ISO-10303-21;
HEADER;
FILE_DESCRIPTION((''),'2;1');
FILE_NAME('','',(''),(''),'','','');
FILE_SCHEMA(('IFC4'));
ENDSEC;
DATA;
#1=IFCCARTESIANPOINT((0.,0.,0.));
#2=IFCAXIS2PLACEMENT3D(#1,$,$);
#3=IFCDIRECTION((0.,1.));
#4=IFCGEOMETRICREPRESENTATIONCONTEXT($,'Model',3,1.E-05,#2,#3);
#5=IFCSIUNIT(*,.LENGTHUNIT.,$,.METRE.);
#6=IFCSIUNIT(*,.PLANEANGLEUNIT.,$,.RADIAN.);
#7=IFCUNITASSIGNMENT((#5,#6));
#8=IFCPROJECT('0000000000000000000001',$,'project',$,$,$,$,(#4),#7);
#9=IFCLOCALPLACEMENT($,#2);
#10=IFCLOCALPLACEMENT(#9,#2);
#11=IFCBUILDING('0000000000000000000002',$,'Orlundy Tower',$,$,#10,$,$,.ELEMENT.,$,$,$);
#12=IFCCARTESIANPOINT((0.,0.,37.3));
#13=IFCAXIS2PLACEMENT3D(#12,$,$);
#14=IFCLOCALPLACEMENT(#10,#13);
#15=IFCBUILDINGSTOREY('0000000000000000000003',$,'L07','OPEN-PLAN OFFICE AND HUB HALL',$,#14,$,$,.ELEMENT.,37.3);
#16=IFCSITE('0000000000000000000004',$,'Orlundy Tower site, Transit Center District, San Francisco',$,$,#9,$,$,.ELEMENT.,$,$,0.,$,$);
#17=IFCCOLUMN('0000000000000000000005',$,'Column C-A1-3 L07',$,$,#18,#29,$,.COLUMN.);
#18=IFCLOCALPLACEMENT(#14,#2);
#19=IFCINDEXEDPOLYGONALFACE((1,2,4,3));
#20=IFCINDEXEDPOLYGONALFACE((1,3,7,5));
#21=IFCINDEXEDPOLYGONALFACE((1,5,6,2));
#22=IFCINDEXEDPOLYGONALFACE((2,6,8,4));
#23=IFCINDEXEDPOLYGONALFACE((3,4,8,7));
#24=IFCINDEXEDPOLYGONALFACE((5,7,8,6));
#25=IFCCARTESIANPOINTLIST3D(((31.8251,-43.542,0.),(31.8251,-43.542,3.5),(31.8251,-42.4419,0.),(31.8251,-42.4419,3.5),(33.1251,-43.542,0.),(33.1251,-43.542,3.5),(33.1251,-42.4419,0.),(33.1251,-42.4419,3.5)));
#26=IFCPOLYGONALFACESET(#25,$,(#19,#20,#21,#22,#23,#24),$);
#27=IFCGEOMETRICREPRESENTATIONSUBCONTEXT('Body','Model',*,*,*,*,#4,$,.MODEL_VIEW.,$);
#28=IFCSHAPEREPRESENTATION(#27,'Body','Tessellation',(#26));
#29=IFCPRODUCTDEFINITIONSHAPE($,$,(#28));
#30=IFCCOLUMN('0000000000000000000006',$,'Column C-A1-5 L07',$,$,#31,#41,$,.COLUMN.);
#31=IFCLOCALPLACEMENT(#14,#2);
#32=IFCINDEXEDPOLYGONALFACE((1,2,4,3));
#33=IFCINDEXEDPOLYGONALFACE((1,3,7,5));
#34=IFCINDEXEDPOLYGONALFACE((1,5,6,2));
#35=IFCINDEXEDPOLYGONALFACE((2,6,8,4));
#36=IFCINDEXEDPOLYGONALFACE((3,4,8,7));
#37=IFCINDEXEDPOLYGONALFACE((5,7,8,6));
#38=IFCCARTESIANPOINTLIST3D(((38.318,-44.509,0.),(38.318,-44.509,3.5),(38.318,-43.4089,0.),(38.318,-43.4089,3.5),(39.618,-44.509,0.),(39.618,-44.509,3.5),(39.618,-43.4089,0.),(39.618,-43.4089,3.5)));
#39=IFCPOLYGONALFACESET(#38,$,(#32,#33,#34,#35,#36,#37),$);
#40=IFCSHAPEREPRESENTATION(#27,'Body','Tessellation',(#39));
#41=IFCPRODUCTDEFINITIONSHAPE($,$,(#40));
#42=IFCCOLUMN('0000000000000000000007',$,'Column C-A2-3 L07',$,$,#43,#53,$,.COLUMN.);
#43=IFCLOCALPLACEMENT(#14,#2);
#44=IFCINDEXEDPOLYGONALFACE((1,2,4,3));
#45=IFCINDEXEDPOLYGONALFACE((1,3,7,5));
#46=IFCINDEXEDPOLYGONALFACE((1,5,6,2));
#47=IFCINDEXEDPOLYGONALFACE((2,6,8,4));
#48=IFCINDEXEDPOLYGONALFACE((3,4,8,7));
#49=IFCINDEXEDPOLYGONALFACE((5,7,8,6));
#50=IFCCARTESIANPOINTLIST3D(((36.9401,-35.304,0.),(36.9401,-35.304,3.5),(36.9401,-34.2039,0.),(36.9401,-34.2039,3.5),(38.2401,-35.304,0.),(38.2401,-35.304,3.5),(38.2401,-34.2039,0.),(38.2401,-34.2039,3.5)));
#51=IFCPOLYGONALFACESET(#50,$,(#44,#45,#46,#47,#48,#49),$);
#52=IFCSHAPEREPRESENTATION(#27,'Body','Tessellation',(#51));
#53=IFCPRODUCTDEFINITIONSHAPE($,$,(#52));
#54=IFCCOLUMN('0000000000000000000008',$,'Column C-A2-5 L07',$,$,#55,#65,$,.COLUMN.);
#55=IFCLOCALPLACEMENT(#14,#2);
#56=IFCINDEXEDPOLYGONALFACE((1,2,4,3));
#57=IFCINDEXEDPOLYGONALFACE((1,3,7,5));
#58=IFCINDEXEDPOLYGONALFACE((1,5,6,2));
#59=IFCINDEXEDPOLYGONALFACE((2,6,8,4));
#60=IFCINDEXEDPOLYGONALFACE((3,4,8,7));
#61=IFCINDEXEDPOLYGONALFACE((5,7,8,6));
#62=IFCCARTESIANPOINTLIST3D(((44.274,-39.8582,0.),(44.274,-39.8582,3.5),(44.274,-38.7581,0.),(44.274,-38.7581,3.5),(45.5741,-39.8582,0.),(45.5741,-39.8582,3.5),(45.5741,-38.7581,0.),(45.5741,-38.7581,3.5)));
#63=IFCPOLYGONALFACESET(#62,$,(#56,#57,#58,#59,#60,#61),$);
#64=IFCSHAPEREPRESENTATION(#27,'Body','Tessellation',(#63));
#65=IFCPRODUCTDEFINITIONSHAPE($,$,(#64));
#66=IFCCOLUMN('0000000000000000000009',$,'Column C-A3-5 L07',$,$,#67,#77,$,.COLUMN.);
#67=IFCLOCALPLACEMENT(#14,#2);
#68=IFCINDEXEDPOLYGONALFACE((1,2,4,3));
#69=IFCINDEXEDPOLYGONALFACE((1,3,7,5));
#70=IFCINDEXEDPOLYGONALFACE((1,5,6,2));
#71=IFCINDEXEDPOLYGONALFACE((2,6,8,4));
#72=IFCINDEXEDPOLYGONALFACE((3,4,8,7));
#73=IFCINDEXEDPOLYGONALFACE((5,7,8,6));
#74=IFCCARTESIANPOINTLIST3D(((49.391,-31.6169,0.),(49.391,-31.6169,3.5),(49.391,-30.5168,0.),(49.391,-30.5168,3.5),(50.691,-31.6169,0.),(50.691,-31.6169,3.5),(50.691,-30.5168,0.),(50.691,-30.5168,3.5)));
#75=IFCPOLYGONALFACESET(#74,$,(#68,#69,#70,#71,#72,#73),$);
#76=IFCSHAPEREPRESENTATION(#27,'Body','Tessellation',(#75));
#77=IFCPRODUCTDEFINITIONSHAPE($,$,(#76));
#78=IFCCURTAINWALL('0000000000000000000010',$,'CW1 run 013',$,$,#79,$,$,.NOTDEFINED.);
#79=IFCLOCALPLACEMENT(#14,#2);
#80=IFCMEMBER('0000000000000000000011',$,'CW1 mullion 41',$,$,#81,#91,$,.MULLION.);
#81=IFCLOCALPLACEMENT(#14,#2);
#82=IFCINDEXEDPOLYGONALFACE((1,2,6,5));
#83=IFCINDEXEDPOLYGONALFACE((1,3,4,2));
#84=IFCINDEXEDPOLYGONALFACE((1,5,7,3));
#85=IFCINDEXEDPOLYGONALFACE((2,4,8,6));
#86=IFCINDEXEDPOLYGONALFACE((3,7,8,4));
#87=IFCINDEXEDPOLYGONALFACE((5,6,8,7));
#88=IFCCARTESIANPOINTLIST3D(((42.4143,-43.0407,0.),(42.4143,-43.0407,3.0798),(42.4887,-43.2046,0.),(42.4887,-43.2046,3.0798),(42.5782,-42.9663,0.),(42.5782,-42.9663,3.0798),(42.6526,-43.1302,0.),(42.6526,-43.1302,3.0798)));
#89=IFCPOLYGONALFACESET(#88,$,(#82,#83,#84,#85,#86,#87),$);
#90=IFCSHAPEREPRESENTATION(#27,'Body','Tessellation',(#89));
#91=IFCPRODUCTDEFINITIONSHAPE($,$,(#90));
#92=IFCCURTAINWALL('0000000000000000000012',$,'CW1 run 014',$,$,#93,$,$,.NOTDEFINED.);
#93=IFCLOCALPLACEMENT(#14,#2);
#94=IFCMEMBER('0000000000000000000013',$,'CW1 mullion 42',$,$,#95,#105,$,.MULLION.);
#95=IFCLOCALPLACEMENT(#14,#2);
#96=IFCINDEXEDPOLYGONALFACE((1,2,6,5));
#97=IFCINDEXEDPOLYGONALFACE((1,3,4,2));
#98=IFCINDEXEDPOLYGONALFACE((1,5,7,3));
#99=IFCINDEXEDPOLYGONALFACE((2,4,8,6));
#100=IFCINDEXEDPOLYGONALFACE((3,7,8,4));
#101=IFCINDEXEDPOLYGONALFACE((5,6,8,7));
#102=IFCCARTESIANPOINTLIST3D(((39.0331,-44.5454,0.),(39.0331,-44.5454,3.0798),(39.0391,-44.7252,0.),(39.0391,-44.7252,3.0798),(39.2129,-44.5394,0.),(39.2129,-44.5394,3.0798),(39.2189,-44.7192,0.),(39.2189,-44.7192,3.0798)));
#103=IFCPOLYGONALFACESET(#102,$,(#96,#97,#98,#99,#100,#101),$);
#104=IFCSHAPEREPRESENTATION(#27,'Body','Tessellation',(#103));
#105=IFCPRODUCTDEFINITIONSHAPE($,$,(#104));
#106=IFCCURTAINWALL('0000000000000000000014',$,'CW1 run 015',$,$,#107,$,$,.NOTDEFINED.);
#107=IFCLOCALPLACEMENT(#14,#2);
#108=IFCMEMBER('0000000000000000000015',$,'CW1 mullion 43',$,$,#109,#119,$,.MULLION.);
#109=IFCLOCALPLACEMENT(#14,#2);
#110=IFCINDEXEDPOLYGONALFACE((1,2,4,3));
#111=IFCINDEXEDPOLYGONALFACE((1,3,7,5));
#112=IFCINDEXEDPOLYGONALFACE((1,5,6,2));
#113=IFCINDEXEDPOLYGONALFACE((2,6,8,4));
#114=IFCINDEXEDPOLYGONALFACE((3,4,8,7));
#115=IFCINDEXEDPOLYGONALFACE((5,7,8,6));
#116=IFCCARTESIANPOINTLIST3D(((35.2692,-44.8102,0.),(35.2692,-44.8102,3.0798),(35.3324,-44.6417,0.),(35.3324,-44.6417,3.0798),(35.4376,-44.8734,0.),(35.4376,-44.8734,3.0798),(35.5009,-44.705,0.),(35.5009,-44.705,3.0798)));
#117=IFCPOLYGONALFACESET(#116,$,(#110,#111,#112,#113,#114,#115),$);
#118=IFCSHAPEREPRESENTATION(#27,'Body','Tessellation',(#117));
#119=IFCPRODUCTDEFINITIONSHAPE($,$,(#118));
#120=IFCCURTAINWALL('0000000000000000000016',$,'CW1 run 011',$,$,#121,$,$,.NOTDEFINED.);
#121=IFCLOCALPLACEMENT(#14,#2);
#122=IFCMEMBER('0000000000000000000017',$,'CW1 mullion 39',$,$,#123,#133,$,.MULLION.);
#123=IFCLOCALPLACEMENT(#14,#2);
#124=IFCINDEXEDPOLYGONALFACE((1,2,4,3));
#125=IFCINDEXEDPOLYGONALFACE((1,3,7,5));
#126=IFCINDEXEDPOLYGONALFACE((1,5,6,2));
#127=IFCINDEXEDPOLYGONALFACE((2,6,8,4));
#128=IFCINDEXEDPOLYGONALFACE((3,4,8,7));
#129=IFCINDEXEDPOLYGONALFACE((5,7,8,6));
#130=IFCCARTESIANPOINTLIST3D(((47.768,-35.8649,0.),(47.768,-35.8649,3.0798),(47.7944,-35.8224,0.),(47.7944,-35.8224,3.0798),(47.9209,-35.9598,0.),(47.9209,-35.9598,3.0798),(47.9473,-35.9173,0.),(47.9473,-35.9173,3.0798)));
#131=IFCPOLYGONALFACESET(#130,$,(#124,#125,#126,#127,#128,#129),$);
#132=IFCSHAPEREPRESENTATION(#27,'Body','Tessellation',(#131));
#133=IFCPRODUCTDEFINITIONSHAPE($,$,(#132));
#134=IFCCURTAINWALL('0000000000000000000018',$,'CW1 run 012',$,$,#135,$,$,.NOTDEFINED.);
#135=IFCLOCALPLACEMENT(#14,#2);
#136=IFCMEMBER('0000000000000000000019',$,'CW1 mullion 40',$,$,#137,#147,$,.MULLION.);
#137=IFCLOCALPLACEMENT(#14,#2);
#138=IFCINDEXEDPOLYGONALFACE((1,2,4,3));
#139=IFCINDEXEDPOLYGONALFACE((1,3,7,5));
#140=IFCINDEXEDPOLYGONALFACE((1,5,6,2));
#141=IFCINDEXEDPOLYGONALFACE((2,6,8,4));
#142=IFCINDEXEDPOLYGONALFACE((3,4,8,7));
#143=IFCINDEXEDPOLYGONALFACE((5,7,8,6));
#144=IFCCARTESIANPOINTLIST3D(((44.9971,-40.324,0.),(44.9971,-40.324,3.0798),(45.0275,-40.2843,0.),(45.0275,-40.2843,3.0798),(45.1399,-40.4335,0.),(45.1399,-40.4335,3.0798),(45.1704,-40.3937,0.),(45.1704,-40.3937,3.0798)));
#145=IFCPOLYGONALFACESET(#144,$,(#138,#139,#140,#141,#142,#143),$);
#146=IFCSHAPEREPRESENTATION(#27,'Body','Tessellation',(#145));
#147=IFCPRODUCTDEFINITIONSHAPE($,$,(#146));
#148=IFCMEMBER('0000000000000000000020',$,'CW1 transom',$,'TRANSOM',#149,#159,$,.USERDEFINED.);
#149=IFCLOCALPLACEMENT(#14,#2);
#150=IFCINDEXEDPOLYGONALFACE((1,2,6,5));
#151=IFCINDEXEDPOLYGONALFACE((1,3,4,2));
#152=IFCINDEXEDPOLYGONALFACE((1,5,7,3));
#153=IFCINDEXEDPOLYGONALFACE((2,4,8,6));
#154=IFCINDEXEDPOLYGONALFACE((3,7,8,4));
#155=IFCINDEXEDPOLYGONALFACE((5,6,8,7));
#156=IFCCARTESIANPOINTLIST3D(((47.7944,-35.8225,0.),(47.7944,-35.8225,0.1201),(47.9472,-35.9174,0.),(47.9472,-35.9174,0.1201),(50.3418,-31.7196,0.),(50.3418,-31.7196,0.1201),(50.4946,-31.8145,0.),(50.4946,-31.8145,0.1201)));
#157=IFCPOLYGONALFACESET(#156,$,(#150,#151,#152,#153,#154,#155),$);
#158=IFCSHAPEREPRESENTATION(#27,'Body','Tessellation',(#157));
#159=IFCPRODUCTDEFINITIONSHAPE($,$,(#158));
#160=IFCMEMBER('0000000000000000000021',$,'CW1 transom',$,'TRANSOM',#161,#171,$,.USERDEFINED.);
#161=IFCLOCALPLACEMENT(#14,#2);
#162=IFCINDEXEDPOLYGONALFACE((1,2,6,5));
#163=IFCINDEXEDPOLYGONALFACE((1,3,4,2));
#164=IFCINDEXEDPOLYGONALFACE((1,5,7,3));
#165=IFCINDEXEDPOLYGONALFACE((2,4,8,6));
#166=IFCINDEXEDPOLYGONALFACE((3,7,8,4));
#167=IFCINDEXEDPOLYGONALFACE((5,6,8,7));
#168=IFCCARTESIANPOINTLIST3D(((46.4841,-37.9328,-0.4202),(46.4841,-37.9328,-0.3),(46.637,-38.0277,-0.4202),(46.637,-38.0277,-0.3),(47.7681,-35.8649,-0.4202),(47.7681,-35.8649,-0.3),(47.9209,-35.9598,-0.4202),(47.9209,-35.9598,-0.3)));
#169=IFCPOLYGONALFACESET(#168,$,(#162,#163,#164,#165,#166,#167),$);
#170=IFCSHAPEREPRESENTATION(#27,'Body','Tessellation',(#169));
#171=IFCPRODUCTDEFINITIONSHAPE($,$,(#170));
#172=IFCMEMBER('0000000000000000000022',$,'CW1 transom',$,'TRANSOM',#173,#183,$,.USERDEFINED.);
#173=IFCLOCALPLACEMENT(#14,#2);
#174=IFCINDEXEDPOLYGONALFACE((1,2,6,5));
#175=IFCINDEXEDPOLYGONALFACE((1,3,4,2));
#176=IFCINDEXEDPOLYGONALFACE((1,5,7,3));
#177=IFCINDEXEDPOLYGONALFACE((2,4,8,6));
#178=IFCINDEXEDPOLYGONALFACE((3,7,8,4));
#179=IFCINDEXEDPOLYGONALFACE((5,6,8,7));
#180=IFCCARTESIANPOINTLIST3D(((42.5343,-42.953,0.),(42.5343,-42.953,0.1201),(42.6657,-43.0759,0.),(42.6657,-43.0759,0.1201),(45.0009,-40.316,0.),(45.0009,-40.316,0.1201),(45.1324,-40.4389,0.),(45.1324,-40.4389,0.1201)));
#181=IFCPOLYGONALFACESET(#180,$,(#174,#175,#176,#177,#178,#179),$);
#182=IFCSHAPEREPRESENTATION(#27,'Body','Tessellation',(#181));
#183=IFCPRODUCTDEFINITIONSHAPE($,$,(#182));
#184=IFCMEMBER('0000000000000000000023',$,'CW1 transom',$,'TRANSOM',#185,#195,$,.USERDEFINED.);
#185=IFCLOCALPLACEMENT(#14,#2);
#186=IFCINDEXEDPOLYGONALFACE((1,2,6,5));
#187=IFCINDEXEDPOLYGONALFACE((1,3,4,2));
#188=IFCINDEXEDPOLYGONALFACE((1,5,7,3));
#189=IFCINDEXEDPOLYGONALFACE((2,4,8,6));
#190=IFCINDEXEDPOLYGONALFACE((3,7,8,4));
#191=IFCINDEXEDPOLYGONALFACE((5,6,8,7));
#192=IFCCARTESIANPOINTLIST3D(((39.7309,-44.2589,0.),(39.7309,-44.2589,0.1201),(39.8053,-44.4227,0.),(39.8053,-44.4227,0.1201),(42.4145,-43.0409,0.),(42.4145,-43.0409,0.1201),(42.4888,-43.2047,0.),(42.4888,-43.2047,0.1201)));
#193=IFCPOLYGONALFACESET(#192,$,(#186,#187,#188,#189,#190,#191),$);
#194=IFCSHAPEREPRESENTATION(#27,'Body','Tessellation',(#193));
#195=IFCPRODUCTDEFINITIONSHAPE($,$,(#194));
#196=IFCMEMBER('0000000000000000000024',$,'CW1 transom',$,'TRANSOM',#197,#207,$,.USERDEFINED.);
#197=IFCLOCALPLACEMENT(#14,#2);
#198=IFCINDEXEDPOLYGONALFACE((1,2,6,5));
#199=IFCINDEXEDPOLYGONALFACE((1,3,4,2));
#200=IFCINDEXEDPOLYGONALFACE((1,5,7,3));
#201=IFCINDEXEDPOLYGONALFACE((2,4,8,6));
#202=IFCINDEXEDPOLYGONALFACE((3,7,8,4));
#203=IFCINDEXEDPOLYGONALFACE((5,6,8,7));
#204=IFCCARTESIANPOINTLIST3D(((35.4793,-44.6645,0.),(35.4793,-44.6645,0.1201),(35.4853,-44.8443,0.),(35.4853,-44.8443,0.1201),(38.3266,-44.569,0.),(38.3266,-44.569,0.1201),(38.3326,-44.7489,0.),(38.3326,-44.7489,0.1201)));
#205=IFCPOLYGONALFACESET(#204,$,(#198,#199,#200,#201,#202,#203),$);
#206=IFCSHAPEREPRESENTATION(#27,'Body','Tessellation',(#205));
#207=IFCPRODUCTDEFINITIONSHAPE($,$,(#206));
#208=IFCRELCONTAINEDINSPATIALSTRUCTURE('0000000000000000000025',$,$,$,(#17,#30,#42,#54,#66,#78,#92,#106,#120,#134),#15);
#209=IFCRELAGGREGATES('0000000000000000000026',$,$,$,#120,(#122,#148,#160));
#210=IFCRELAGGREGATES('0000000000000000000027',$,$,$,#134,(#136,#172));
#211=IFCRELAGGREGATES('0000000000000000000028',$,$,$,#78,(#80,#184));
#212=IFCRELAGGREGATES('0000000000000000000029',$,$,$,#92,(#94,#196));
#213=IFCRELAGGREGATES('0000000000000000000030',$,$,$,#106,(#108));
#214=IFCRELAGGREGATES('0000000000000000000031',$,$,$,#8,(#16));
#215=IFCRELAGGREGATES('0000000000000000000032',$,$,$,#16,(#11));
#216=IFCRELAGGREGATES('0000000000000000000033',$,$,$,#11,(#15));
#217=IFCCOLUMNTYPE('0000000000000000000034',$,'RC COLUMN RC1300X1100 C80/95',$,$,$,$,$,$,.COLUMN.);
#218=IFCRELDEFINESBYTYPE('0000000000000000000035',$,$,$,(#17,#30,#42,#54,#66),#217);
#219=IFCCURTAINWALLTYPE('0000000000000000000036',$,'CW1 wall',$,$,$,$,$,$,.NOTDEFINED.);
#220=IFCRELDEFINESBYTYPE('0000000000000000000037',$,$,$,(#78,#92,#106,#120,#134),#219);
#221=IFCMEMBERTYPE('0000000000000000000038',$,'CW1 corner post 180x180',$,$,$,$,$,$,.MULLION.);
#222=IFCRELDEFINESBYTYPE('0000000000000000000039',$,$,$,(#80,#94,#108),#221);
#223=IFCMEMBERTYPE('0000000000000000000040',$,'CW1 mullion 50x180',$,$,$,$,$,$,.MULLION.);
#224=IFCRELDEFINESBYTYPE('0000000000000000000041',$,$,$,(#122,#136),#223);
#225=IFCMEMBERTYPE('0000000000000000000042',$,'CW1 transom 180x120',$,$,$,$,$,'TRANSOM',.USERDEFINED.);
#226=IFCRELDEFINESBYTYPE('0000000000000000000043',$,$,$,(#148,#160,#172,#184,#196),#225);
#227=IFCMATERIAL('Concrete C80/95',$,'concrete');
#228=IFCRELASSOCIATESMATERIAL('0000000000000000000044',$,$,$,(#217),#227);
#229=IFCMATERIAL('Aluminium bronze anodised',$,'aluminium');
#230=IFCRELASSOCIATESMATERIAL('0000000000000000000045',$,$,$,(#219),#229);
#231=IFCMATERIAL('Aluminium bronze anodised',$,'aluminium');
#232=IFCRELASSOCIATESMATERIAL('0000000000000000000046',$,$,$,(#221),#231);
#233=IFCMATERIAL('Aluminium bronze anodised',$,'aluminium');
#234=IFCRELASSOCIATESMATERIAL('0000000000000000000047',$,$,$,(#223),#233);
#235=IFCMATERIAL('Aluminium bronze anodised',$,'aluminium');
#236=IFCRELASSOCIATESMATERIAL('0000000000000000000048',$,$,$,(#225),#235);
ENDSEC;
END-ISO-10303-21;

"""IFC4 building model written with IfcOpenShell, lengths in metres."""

from ifc_helpers import new_model, si_unit, direction, frame, origin, origin_2d, place, context, subcontext, project, spatial, rectangle, extrude, material, material_profile, profile_set, type_object, element, aggregate, save


model = new_model("IFC4")

# Units and contexts
model_context = context("Model", 3, precision=1e-05, world=origin(), true_north=direction((0.0, 1.0)))
body_context = subcontext(model_context, "Body", "Model", "MODEL_VIEW")
ifc_project = project(units=[si_unit("LENGTHUNIT", "METRE"), si_unit("PLANEANGLEUNIT", "RADIAN")], contexts=[model_context])

# Site, building, storey
site_placement = place(None, origin())
site = spatial("IfcSite", under=ifc_project, at=site_placement, Name="Orlundy Tower site, Transit Center District, San Francisco", CompositionType="ELEMENT", RefElevation=0.0)
building_placement = place(site_placement, origin())
building = spatial("IfcBuilding", under=site, at=building_placement, Name="Orlundy Tower", CompositionType="ELEMENT")
storey_placement = place(building_placement, frame((0.0, 0.0, 37.3)))
storey = spatial("IfcBuildingStorey", under=building, at=storey_placement, Name="L07", Description="OPEN-PLAN OFFICE AND HUB HALL", CompositionType="ELEMENT", Elevation=37.3)

# Columns
ifc_material_1 = material(Name="Concrete C80/95", Category="concrete")
ifc_material_profile_1 = material_profile(ifc_material_1, rectangle(XDim=1.3, YDim=1.1001, at=origin_2d()), Name="RC1300X1100")
ifc_profile_set_1 = profile_set([ifc_material_profile_1], Name="Concrete C80/95")
column_type = type_object("IfcColumnType", Name="RC COLUMN RC1300X1100 C80/95", PredefinedType="COLUMN", material=ifc_profile_set_1)
for number, where, z_axis, x_axis, name in (
    (1, (32.4751, -42.9919, 0.0), (0.0, 0.0, 1.0), (1.0, 0.0, 0.0), "Column C-A1-3 L07"),
    (2, (38.968, -43.959, 0.0), (0.0, 0.0, 1.0), (1.0, 0.0, 0.0), "Column C-A1-5 L07"),
    (3, (37.5901, -34.7539, 0.0), (0.0, 0.0, 1.0), (1.0, 0.0, 0.0), "Column C-A2-3 L07"),
    (4, (44.9241, -39.3081, 0.0), (0.0, 0.0, 1.0), (1.0, 0.0, 0.0), "Column C-A2-5 L07"),
    (5, (50.041, -31.0669, 0.0), (0.0, 0.0, 1.0), (1.0, 0.0, 0.0), "Column C-A3-5 L07"),
):
    element("IfcColumn", number, at=place(storey_placement, frame(where, z_axis=z_axis, x_axis=x_axis)), inside=storey, type_object=column_type, Name=name, PredefinedType="COLUMN", context=body_context, shape_type="SweptSolid", body=[
        extrude(rectangle(XDim=1.3, YDim=1.1001, at=origin_2d()), origin(), (0.0, 0.0, 1.0), 3.5),
    ])

# Curtain walls, members
ifc_material_2 = material(Name="Aluminium bronze anodised", Category="aluminium")
curtain_wall_type = type_object("IfcCurtainWallType", Name="CW1 wall", PredefinedType="NOTDEFINED", material=ifc_material_2)
curtain_wall_1_placement = place(storey_placement, origin())
curtain_wall_1 = element("IfcCurtainWall", 6, at=curtain_wall_1_placement, inside=storey, type_object=curtain_wall_type, Name="CW1 run 013", PredefinedType="NOTDEFINED")
ifc_material_3 = material(Name="Aluminium bronze anodised", Category="aluminium")
ifc_material_profile_2 = material_profile(ifc_material_3, rectangle(XDim=0.1799, YDim=0.1799, at=origin_2d()), Name="CW1 corner post 180x180")
ifc_profile_set_2 = profile_set([ifc_material_profile_2], Name="Aluminium bronze anodised")
member_type_1 = type_object("IfcMemberType", Name="CW1 corner post 180x180", PredefinedType="MULLION", material=ifc_profile_set_2)
member_1_placement = place(storey_placement, frame((42.5334, -43.0854, 0.0), z_axis=(0.0, 0.0, 1.0), x_axis=(0.413335, -0.910579, 0.0)))
member_1 = element("IfcMember", 7, at=member_1_placement, type_object=member_type_1, Name="CW1 mullion 41", PredefinedType="MULLION", context=body_context, shape_type="SweptSolid", body=[
    extrude(rectangle(XDim=0.1799, YDim=0.1799, at=origin_2d()), origin(), (0.0, 0.0, 1.0), 3.0798),
])
curtain_wall_2_placement = place(storey_placement, origin())
curtain_wall_2 = element("IfcCurtainWall", 8, at=curtain_wall_2_placement, inside=storey, type_object=curtain_wall_type, Name="CW1 run 014", PredefinedType="NOTDEFINED")
member_2_placement = place(storey_placement, frame((39.126, -44.6323, 0.0), z_axis=(0.0, 0.0, 1.0), x_axis=(0.03345, -0.99944, 0.0)))
member_2 = element("IfcMember", 9, at=member_2_placement, type_object=member_type_1, Name="CW1 mullion 42", PredefinedType="MULLION", context=body_context, shape_type="SweptSolid", body=[
    extrude(rectangle(XDim=0.1799, YDim=0.1799, at=origin_2d()), origin(), (0.0, 0.0, 1.0), 3.0798),
])
curtain_wall_3_placement = place(storey_placement, origin())
curtain_wall_3 = element("IfcCurtainWall", 10, at=curtain_wall_3_placement, inside=storey, type_object=curtain_wall_type, Name="CW1 run 015", PredefinedType="NOTDEFINED")
member_3_placement = place(storey_placement, frame((35.385, -44.7576, 0.0), z_axis=(0.0, 0.0, 1.0), x_axis=(-0.351537, -0.936174, 0.0)))
member_3 = element("IfcMember", 11, at=member_3_placement, type_object=member_type_1, Name="CW1 mullion 43", PredefinedType="MULLION", context=body_context, shape_type="SweptSolid", body=[
    extrude(rectangle(XDim=0.1799, YDim=0.1799, at=origin_2d()), origin(), (0.0, 0.0, 1.0), 3.0798),
])
curtain_wall_4_placement = place(storey_placement, origin())
curtain_wall_4 = element("IfcCurtainWall", 12, at=curtain_wall_4_placement, inside=storey, type_object=curtain_wall_type, Name="CW1 run 011", PredefinedType="NOTDEFINED")
ifc_material_4 = material(Name="Aluminium bronze anodised", Category="aluminium")
ifc_material_profile_3 = material_profile(ifc_material_4, rectangle(XDim=0.1799, YDim=0.05, at=origin_2d()), Name="CW1 mullion 50x180")
ifc_profile_set_3 = profile_set([ifc_material_profile_3], Name="Aluminium bronze anodised")
member_type_2 = type_object("IfcMemberType", Name="CW1 mullion 50x180", PredefinedType="MULLION", material=ifc_profile_set_3)
member_4_placement = place(storey_placement, frame((47.8577, -35.8911, 0.0), z_axis=(0.0, 0.0, 1.0), x_axis=(0.84957, -0.527475, 0.0)))
member_4 = element("IfcMember", 13, at=member_4_placement, type_object=member_type_2, Name="CW1 mullion 39", PredefinedType="MULLION", context=body_context, shape_type="SweptSolid", body=[
    extrude(rectangle(XDim=0.1799, YDim=0.05, at=origin_2d()), origin(), (0.0, 0.0, 1.0), 3.0798),
])
curtain_wall_5_placement = place(storey_placement, origin())
curtain_wall_5 = element("IfcCurtainWall", 14, at=curtain_wall_5_placement, inside=storey, type_object=curtain_wall_type, Name="CW1 run 012", PredefinedType="NOTDEFINED")
member_5_placement = place(storey_placement, frame((45.0837, -40.3589, 0.0), z_axis=(0.0, 0.0, 1.0), x_axis=(0.793768, -0.60822, 0.0)))
member_5 = element("IfcMember", 15, at=member_5_placement, type_object=member_type_2, Name="CW1 mullion 40", PredefinedType="MULLION", context=body_context, shape_type="SweptSolid", body=[
    extrude(rectangle(XDim=0.1799, YDim=0.05, at=origin_2d()), origin(), (0.0, 0.0, 1.0), 3.0798),
])

# Members
ifc_material_5 = material(Name="Aluminium bronze anodised", Category="aluminium")
ifc_material_profile_4 = material_profile(ifc_material_5, rectangle(XDim=0.1799, YDim=0.1201, at=origin_2d()), Name="CW1 transom 180x120")
ifc_profile_set_4 = profile_set([ifc_material_profile_4], Name="Aluminium bronze anodised")
member_type_3 = type_object("IfcMemberType", Name="CW1 transom 180x120", ElementType="TRANSOM", PredefinedType="USERDEFINED", material=ifc_profile_set_4)
member_6_placement = place(storey_placement, frame((50.4182, -31.7671, 0.0601), z_axis=(-0.527484, -0.849565, 0.0), x_axis=(0.849565, -0.527484, 0.0)))
member_6 = element("IfcMember", 16, at=member_6_placement, type_object=member_type_3, Name="CW1 transom", ObjectType="TRANSOM", PredefinedType="USERDEFINED", context=body_context, shape_type="SweptSolid", body=[
    extrude(rectangle(XDim=0.1799, YDim=0.1201, at=origin_2d()), origin(), (0.0, 0.0, 1.0), 4.8293),
])
member_7_placement = place(storey_placement, frame((47.8445, -35.9124, -0.3601), z_axis=(-0.52749, -0.849561, 0.0), x_axis=(0.849561, -0.52749, 0.0)))
member_7 = element("IfcMember", 17, at=member_7_placement, type_object=member_type_3, Name="CW1 transom", ObjectType="TRANSOM", PredefinedType="USERDEFINED", context=body_context, shape_type="SweptSolid", body=[
    extrude(rectangle(XDim=0.1799, YDim=0.1201, at=origin_2d()), origin(), (0.0, 0.0, 1.0), 2.4341),
])
member_8_placement = place(storey_placement, frame((45.0667, -40.3774, 0.0601), z_axis=(-0.683115, -0.730311, 0.0), x_axis=(0.730311, -0.683115, 0.0)))
member_8 = element("IfcMember", 18, at=member_8_placement, type_object=member_type_3, Name="CW1 transom", ObjectType="TRANSOM", PredefinedType="USERDEFINED", context=body_context, shape_type="SweptSolid", body=[
    extrude(rectangle(XDim=0.1799, YDim=0.1201, at=origin_2d()), origin(), (0.0, 0.0, 1.0), 3.6108),
])
member_9_placement = place(storey_placement, frame((42.4517, -43.1228, 0.0601), z_axis=(-0.910596, -0.413297, 0.0), x_axis=(0.413297, -0.910596, 0.0)))
member_9 = element("IfcMember", 19, at=member_9_placement, type_object=member_type_3, Name="CW1 transom", ObjectType="TRANSOM", PredefinedType="USERDEFINED", context=body_context, shape_type="SweptSolid", body=[
    extrude(rectangle(XDim=0.1799, YDim=0.1201, at=origin_2d()), origin(), (0.0, 0.0, 1.0), 2.947),
])
member_10_placement = place(storey_placement, frame((38.3296, -44.6589, 0.0601), z_axis=(-0.999438, -0.033509, 0.0), x_axis=(0.033509, -0.999438, 0.0)))
member_10 = element("IfcMember", 20, at=member_10_placement, type_object=member_type_3, Name="CW1 transom", ObjectType="TRANSOM", PredefinedType="USERDEFINED", context=body_context, shape_type="SweptSolid", body=[
    extrude(rectangle(XDim=0.1799, YDim=0.1201, at=origin_2d()), origin(), (0.0, 0.0, 1.0), 2.8489),
])

aggregate(curtain_wall_4, [member_4, member_6, member_7])
aggregate(curtain_wall_5, [member_5, member_8])
aggregate(curtain_wall_1, [member_1, member_9])
aggregate(curtain_wall_2, [member_2, member_10])
aggregate(curtain_wall_3, [member_3])

save(model, "model.ifc")
